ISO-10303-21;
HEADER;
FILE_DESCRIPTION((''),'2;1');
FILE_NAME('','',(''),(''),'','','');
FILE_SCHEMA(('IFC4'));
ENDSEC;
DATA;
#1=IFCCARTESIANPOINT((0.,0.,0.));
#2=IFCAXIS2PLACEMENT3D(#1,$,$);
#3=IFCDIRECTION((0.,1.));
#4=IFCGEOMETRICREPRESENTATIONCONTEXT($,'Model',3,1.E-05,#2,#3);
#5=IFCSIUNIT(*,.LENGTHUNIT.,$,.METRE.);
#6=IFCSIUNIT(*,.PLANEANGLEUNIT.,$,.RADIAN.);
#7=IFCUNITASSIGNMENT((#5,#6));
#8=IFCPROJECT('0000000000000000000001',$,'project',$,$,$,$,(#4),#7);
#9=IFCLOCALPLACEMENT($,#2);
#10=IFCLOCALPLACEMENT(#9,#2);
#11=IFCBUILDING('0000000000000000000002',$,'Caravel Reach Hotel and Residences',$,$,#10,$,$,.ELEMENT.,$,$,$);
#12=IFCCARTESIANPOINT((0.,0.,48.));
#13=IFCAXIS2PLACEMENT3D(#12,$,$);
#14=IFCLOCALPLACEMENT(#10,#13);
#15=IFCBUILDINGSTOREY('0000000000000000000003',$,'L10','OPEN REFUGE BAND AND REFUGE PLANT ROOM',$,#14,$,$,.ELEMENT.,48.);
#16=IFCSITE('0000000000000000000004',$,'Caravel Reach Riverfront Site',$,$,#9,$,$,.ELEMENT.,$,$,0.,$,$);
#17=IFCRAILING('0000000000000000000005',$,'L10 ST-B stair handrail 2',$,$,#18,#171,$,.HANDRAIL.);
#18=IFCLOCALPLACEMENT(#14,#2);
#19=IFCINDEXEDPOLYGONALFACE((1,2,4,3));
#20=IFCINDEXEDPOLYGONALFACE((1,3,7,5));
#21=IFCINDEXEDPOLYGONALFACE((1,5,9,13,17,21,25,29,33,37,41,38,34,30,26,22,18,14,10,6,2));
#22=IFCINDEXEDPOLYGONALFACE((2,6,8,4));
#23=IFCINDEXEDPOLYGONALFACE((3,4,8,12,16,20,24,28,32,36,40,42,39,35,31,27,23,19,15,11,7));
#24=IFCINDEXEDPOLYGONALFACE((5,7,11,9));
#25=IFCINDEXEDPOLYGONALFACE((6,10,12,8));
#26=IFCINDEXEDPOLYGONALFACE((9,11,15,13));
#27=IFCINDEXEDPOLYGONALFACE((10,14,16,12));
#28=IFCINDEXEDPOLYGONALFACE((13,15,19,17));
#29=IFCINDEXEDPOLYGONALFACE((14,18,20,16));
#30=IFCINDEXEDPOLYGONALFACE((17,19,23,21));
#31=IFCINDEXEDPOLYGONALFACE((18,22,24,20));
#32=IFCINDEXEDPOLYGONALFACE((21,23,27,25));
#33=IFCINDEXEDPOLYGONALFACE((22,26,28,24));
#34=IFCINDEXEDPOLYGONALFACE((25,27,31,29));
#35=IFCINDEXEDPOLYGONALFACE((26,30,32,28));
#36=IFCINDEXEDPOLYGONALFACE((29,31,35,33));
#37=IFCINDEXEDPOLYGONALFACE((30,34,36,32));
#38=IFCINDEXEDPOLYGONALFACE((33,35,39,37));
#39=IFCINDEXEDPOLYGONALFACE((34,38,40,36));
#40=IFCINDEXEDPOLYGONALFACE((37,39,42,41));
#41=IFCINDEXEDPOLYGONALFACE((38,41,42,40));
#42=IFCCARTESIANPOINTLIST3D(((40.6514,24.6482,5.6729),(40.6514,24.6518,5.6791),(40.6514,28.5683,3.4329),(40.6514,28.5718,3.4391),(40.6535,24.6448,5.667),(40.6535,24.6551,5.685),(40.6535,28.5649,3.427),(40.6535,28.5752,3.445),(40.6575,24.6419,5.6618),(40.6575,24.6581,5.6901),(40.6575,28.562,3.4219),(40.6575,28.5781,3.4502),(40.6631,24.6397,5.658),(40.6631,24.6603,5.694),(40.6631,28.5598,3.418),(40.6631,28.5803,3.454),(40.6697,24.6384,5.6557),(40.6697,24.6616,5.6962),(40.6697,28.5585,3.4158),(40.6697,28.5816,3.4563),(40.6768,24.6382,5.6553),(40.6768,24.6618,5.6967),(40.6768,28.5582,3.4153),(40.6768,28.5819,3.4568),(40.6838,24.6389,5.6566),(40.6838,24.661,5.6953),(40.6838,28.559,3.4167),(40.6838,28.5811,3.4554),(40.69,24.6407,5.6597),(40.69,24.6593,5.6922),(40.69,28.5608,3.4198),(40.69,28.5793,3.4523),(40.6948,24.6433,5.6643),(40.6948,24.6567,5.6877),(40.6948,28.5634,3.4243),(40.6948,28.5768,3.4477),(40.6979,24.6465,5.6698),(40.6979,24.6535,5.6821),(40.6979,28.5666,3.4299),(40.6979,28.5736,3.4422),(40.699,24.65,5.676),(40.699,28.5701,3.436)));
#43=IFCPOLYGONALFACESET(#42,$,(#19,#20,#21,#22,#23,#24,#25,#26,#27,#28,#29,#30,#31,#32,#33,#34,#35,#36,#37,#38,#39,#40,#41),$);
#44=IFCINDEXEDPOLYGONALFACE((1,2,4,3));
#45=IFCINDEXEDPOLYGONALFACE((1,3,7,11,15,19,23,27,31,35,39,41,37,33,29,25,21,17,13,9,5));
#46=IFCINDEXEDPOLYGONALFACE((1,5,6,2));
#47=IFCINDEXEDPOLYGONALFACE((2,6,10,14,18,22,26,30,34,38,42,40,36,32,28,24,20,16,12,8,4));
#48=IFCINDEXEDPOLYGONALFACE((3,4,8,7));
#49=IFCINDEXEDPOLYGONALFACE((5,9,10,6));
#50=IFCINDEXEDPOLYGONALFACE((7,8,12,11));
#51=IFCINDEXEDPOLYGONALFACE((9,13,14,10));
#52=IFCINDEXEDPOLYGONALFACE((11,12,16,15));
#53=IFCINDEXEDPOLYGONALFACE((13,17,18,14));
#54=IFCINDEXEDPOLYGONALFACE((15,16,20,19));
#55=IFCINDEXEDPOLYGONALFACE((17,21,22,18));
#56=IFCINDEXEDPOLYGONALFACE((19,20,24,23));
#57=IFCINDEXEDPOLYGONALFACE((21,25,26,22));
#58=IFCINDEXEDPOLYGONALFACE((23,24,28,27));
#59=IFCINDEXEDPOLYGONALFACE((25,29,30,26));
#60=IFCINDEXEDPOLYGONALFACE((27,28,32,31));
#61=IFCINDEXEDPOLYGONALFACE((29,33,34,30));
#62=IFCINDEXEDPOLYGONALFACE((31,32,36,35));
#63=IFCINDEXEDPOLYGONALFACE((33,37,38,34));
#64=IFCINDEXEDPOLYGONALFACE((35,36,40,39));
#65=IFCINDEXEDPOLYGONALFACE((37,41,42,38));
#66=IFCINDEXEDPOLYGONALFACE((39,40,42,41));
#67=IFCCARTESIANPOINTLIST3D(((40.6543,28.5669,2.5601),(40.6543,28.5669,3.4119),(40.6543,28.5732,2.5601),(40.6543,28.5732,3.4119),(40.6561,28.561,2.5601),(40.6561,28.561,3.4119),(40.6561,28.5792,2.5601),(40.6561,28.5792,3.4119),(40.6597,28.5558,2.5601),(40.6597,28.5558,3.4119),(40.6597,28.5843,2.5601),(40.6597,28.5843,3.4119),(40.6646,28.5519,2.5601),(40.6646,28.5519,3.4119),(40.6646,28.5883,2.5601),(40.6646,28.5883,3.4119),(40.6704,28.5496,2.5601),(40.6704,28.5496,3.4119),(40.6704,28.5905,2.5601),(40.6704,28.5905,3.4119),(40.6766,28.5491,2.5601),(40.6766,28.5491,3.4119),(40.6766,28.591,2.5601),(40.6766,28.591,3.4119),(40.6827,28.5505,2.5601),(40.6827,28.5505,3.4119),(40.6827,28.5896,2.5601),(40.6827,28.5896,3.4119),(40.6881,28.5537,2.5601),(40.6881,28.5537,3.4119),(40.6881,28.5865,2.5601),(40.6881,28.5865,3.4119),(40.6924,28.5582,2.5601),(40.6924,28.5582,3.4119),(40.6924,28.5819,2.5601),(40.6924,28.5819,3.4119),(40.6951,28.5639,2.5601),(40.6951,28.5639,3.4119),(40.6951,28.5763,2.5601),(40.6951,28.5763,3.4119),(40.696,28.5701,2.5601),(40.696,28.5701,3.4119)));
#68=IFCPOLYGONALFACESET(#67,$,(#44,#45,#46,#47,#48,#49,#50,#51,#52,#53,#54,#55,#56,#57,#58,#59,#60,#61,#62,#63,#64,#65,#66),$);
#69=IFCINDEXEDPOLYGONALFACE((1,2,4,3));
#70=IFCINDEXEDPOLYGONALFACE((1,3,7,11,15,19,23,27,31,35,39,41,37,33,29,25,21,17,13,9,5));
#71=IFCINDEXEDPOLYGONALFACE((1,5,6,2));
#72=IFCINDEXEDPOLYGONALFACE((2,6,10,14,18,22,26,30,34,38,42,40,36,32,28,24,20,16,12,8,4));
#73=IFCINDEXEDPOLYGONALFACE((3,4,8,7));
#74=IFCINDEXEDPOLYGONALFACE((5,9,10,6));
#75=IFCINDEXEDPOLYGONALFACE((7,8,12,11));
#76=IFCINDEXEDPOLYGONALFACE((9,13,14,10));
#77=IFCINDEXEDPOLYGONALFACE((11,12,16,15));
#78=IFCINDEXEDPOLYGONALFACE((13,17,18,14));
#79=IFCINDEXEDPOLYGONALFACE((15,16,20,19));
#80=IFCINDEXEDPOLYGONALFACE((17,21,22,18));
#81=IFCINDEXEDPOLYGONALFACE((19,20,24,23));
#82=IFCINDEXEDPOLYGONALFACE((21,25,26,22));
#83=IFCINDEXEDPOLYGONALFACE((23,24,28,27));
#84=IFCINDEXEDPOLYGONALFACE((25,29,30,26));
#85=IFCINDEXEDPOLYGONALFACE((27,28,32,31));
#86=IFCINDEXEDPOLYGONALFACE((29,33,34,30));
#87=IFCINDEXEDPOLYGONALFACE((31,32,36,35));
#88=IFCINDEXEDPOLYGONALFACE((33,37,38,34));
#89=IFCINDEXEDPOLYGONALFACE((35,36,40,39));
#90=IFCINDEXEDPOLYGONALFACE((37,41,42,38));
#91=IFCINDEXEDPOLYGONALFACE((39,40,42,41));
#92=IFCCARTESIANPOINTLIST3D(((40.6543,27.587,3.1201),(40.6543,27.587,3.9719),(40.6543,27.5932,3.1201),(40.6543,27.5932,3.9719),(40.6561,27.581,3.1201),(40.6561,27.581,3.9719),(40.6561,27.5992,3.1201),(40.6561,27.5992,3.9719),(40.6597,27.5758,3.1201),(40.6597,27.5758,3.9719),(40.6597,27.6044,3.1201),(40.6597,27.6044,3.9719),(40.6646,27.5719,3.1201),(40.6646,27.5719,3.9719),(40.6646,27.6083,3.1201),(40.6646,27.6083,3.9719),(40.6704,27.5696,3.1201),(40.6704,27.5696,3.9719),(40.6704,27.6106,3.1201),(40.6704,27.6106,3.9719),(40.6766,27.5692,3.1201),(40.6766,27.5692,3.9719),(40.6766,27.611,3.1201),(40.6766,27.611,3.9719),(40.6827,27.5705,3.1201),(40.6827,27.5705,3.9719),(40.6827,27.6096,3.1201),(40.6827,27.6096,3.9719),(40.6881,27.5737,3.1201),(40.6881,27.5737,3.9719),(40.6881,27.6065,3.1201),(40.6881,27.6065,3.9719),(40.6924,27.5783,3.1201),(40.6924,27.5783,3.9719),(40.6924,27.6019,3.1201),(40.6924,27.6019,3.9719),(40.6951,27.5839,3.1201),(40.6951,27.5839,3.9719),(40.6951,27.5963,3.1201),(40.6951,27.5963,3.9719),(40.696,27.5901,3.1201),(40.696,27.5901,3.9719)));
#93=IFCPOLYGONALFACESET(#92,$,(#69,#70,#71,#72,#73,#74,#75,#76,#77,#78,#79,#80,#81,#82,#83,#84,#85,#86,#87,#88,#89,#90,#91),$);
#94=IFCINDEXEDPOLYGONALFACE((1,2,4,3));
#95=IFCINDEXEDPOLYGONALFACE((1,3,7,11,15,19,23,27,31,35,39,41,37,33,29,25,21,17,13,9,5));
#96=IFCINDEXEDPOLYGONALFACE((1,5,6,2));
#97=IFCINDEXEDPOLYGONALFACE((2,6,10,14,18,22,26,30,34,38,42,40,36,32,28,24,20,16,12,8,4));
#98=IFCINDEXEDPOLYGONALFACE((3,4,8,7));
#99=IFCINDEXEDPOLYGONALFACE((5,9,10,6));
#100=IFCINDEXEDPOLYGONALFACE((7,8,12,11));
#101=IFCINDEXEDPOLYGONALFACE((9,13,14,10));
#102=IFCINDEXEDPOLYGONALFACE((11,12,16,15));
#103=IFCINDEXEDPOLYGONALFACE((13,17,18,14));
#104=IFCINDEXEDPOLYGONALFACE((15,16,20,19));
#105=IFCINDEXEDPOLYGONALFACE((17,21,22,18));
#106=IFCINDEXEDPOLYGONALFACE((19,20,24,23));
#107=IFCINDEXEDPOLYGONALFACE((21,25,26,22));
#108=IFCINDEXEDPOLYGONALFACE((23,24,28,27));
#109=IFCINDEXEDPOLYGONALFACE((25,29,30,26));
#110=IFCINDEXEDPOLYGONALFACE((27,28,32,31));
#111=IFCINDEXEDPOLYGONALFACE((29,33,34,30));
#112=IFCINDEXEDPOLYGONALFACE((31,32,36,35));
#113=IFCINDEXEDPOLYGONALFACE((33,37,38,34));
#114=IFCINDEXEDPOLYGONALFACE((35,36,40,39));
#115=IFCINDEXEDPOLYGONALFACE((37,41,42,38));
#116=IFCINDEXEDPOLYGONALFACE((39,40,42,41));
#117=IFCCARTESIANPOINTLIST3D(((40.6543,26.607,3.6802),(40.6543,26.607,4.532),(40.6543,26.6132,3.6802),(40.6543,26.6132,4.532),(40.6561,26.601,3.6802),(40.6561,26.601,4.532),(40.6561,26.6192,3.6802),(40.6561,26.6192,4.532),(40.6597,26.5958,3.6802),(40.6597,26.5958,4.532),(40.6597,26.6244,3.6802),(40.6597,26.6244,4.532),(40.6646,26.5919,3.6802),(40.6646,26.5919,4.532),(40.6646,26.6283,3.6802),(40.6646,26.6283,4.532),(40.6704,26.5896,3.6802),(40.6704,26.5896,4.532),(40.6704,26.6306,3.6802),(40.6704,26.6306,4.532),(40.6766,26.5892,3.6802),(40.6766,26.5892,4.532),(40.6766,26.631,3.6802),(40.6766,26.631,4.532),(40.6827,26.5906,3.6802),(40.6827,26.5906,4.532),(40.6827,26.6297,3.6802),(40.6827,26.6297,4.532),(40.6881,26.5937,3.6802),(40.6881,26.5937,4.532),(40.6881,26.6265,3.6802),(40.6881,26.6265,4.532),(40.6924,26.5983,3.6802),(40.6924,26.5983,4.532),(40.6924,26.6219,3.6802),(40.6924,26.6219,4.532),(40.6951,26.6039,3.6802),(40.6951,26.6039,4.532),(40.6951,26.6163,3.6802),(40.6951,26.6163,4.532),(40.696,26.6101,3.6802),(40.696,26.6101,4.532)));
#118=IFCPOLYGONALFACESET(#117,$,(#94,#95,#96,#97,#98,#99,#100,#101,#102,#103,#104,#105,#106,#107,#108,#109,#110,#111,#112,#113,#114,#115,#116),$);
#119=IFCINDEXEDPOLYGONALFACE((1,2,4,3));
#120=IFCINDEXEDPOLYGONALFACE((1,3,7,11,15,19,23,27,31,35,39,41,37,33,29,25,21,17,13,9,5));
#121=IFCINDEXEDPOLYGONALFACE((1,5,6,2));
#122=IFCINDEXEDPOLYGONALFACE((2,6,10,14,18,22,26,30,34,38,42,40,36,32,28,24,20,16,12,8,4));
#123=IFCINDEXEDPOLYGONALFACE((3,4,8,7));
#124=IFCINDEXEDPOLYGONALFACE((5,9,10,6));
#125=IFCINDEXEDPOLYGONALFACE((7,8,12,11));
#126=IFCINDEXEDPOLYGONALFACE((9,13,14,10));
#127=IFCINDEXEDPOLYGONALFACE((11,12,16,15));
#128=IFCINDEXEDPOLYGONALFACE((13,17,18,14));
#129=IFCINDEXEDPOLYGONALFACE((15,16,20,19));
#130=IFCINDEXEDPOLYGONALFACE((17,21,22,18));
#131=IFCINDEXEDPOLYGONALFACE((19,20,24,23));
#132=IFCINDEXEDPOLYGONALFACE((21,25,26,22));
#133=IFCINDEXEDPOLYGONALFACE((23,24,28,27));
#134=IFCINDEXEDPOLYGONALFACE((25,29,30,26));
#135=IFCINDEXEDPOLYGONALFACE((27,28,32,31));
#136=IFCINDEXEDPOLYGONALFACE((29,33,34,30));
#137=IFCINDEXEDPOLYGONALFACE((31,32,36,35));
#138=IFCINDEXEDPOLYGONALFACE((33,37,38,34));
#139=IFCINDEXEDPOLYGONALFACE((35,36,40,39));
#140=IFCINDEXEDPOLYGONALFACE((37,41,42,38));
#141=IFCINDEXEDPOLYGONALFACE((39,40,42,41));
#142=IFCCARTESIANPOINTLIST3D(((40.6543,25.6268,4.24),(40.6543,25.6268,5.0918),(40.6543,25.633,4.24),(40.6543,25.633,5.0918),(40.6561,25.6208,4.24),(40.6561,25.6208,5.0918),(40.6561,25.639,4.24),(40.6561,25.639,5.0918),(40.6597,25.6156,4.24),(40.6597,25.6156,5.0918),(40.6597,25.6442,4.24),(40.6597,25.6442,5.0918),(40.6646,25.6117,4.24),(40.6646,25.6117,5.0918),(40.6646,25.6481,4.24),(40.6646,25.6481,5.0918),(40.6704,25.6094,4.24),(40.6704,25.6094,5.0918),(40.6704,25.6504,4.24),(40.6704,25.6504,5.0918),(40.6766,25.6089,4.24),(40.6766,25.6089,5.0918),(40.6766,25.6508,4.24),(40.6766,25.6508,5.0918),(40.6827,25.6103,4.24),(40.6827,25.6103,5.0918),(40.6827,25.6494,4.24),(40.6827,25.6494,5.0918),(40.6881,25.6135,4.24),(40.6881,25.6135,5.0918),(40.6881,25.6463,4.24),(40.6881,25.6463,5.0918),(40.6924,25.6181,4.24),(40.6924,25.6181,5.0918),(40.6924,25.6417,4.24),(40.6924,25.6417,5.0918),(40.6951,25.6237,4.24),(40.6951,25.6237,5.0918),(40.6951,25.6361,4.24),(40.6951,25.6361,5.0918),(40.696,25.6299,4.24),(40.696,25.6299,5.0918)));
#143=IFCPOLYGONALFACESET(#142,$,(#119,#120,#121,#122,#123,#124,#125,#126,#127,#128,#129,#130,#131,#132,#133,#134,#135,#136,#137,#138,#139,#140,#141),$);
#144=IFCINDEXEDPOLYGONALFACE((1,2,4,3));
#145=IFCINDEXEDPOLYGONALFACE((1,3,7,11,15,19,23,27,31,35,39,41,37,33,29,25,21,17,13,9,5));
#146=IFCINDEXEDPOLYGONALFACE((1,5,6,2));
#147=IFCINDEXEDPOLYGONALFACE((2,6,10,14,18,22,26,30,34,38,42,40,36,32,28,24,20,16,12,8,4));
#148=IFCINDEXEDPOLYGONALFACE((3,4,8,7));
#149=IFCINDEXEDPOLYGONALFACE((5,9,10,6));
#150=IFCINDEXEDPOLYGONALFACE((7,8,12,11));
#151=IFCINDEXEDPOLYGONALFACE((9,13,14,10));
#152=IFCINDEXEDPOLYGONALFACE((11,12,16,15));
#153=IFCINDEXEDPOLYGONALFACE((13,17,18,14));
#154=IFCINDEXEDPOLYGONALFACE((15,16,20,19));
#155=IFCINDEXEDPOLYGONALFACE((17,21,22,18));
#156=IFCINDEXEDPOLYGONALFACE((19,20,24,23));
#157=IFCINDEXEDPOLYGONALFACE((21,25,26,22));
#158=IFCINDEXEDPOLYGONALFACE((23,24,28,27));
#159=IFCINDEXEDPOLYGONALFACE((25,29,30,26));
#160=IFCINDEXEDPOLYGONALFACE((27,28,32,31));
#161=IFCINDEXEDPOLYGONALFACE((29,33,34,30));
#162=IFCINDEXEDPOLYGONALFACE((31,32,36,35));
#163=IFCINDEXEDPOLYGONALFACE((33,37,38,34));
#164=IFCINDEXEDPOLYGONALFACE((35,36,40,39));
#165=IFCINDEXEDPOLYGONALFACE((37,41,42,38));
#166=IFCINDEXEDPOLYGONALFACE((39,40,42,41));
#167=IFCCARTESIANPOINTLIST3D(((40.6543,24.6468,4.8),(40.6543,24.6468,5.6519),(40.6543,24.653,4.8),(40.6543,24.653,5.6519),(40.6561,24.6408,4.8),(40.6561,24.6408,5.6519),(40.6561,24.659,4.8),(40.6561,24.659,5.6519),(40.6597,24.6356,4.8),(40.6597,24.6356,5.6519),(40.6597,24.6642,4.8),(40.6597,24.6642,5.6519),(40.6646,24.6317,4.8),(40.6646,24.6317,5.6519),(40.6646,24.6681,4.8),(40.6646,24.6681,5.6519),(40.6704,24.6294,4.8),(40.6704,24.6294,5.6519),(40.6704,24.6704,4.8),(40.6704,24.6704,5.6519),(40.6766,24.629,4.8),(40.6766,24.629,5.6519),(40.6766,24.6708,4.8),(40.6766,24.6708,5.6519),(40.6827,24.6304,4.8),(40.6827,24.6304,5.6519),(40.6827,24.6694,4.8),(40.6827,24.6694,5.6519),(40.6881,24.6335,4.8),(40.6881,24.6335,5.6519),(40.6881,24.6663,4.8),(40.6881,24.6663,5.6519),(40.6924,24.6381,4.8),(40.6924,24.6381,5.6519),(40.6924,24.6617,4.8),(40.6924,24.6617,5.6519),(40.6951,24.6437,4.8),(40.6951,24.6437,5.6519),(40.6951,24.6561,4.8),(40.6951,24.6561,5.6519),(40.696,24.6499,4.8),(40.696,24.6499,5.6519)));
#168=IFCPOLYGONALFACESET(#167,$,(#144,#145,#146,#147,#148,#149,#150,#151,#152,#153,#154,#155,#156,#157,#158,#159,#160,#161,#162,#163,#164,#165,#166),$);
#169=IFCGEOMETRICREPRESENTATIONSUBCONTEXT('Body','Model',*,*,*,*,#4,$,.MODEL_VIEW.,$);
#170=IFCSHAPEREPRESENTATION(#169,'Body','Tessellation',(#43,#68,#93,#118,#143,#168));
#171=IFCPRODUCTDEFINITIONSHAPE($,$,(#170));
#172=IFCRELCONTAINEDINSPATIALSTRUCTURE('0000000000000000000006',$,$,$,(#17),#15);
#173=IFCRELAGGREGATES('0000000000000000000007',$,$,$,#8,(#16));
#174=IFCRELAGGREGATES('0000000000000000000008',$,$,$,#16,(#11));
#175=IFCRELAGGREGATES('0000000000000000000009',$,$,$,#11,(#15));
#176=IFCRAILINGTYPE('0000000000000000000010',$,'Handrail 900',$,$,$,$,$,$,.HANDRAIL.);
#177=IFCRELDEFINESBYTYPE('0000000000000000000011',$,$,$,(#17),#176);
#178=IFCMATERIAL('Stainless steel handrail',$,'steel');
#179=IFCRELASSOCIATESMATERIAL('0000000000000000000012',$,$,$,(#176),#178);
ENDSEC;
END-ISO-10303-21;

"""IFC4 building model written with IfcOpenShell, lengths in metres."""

from ifc_helpers import new_model, si_unit, direction, frame, origin, origin_2d, place, context, subcontext, project, spatial, circle, extrude, material, type_object, element, save


model = new_model("IFC4")

# Units and contexts
model_context = context("Model", 3, precision=1e-05, world=origin(), true_north=direction((0.0, 1.0)))
body_context = subcontext(model_context, "Body", "Model", "MODEL_VIEW")
ifc_project = project(units=[si_unit("LENGTHUNIT", "METRE"), si_unit("PLANEANGLEUNIT", "RADIAN")], contexts=[model_context])

# Site, building, storey
site_placement = place(None, origin())
site = spatial("IfcSite", under=ifc_project, at=site_placement, Name="Caravel Reach Riverfront Site", CompositionType="ELEMENT", RefElevation=0.0)
building_placement = place(site_placement, origin())
building = spatial("IfcBuilding", under=site, at=building_placement, Name="Caravel Reach Hotel and Residences", CompositionType="ELEMENT")
storey_placement = place(building_placement, frame((0.0, 0.0, 48.0)))
storey = spatial("IfcBuildingStorey", under=building, at=storey_placement, Name="L10", Description="OPEN REFUGE BAND AND REFUGE PLANT ROOM", CompositionType="ELEMENT", Elevation=48.0)

# Railing
ifc_material_1 = material(Name="Stainless steel handrail", Category="steel")
railing_type_1 = type_object("IfcRailingType", Name="Handrail 900", PredefinedType="HANDRAIL", material=ifc_material_1)
railing_1_placement = place(storey_placement, frame((40.675, 28.5701, 2.5601)))
element("IfcRailing", 1, at=railing_1_placement, inside=storey, type_object=railing_type_1, Name="L10 ST-B stair handrail 2", PredefinedType="HANDRAIL", context=body_context, shape_type="SweptSolid", body=[
    extrude(circle(Radius=0.0239, at=origin_2d()), frame((0.0, 0.0, 0.876), z_axis=(0.0, -0.868253, 0.496121), x_axis=(1.0, 0.0, 0.0)), (0.0, 0.0, 1.0), 4.5149),
    extrude(circle(Radius=0.021, at=origin_2d()), origin(), (0.0, 0.0, 1.0), 0.8518),
    extrude(circle(Radius=0.021, at=origin_2d()), frame((0.0, -0.98, 0.5601)), (0.0, 0.0, 1.0), 0.8518),
    extrude(circle(Radius=0.021, at=origin_2d()), frame((0.0, -1.96, 1.1201)), (0.0, 0.0, 1.0), 0.8518),
    extrude(circle(Radius=0.021, at=origin_2d()), frame((0.0, -2.9402, 1.6799)), (0.0, 0.0, 1.0), 0.8518),
    extrude(circle(Radius=0.021, at=origin_2d()), frame((0.0, -3.9202, 2.24)), (0.0, 0.0, 1.0), 0.8518),
])

save(model, "model.ifc")
